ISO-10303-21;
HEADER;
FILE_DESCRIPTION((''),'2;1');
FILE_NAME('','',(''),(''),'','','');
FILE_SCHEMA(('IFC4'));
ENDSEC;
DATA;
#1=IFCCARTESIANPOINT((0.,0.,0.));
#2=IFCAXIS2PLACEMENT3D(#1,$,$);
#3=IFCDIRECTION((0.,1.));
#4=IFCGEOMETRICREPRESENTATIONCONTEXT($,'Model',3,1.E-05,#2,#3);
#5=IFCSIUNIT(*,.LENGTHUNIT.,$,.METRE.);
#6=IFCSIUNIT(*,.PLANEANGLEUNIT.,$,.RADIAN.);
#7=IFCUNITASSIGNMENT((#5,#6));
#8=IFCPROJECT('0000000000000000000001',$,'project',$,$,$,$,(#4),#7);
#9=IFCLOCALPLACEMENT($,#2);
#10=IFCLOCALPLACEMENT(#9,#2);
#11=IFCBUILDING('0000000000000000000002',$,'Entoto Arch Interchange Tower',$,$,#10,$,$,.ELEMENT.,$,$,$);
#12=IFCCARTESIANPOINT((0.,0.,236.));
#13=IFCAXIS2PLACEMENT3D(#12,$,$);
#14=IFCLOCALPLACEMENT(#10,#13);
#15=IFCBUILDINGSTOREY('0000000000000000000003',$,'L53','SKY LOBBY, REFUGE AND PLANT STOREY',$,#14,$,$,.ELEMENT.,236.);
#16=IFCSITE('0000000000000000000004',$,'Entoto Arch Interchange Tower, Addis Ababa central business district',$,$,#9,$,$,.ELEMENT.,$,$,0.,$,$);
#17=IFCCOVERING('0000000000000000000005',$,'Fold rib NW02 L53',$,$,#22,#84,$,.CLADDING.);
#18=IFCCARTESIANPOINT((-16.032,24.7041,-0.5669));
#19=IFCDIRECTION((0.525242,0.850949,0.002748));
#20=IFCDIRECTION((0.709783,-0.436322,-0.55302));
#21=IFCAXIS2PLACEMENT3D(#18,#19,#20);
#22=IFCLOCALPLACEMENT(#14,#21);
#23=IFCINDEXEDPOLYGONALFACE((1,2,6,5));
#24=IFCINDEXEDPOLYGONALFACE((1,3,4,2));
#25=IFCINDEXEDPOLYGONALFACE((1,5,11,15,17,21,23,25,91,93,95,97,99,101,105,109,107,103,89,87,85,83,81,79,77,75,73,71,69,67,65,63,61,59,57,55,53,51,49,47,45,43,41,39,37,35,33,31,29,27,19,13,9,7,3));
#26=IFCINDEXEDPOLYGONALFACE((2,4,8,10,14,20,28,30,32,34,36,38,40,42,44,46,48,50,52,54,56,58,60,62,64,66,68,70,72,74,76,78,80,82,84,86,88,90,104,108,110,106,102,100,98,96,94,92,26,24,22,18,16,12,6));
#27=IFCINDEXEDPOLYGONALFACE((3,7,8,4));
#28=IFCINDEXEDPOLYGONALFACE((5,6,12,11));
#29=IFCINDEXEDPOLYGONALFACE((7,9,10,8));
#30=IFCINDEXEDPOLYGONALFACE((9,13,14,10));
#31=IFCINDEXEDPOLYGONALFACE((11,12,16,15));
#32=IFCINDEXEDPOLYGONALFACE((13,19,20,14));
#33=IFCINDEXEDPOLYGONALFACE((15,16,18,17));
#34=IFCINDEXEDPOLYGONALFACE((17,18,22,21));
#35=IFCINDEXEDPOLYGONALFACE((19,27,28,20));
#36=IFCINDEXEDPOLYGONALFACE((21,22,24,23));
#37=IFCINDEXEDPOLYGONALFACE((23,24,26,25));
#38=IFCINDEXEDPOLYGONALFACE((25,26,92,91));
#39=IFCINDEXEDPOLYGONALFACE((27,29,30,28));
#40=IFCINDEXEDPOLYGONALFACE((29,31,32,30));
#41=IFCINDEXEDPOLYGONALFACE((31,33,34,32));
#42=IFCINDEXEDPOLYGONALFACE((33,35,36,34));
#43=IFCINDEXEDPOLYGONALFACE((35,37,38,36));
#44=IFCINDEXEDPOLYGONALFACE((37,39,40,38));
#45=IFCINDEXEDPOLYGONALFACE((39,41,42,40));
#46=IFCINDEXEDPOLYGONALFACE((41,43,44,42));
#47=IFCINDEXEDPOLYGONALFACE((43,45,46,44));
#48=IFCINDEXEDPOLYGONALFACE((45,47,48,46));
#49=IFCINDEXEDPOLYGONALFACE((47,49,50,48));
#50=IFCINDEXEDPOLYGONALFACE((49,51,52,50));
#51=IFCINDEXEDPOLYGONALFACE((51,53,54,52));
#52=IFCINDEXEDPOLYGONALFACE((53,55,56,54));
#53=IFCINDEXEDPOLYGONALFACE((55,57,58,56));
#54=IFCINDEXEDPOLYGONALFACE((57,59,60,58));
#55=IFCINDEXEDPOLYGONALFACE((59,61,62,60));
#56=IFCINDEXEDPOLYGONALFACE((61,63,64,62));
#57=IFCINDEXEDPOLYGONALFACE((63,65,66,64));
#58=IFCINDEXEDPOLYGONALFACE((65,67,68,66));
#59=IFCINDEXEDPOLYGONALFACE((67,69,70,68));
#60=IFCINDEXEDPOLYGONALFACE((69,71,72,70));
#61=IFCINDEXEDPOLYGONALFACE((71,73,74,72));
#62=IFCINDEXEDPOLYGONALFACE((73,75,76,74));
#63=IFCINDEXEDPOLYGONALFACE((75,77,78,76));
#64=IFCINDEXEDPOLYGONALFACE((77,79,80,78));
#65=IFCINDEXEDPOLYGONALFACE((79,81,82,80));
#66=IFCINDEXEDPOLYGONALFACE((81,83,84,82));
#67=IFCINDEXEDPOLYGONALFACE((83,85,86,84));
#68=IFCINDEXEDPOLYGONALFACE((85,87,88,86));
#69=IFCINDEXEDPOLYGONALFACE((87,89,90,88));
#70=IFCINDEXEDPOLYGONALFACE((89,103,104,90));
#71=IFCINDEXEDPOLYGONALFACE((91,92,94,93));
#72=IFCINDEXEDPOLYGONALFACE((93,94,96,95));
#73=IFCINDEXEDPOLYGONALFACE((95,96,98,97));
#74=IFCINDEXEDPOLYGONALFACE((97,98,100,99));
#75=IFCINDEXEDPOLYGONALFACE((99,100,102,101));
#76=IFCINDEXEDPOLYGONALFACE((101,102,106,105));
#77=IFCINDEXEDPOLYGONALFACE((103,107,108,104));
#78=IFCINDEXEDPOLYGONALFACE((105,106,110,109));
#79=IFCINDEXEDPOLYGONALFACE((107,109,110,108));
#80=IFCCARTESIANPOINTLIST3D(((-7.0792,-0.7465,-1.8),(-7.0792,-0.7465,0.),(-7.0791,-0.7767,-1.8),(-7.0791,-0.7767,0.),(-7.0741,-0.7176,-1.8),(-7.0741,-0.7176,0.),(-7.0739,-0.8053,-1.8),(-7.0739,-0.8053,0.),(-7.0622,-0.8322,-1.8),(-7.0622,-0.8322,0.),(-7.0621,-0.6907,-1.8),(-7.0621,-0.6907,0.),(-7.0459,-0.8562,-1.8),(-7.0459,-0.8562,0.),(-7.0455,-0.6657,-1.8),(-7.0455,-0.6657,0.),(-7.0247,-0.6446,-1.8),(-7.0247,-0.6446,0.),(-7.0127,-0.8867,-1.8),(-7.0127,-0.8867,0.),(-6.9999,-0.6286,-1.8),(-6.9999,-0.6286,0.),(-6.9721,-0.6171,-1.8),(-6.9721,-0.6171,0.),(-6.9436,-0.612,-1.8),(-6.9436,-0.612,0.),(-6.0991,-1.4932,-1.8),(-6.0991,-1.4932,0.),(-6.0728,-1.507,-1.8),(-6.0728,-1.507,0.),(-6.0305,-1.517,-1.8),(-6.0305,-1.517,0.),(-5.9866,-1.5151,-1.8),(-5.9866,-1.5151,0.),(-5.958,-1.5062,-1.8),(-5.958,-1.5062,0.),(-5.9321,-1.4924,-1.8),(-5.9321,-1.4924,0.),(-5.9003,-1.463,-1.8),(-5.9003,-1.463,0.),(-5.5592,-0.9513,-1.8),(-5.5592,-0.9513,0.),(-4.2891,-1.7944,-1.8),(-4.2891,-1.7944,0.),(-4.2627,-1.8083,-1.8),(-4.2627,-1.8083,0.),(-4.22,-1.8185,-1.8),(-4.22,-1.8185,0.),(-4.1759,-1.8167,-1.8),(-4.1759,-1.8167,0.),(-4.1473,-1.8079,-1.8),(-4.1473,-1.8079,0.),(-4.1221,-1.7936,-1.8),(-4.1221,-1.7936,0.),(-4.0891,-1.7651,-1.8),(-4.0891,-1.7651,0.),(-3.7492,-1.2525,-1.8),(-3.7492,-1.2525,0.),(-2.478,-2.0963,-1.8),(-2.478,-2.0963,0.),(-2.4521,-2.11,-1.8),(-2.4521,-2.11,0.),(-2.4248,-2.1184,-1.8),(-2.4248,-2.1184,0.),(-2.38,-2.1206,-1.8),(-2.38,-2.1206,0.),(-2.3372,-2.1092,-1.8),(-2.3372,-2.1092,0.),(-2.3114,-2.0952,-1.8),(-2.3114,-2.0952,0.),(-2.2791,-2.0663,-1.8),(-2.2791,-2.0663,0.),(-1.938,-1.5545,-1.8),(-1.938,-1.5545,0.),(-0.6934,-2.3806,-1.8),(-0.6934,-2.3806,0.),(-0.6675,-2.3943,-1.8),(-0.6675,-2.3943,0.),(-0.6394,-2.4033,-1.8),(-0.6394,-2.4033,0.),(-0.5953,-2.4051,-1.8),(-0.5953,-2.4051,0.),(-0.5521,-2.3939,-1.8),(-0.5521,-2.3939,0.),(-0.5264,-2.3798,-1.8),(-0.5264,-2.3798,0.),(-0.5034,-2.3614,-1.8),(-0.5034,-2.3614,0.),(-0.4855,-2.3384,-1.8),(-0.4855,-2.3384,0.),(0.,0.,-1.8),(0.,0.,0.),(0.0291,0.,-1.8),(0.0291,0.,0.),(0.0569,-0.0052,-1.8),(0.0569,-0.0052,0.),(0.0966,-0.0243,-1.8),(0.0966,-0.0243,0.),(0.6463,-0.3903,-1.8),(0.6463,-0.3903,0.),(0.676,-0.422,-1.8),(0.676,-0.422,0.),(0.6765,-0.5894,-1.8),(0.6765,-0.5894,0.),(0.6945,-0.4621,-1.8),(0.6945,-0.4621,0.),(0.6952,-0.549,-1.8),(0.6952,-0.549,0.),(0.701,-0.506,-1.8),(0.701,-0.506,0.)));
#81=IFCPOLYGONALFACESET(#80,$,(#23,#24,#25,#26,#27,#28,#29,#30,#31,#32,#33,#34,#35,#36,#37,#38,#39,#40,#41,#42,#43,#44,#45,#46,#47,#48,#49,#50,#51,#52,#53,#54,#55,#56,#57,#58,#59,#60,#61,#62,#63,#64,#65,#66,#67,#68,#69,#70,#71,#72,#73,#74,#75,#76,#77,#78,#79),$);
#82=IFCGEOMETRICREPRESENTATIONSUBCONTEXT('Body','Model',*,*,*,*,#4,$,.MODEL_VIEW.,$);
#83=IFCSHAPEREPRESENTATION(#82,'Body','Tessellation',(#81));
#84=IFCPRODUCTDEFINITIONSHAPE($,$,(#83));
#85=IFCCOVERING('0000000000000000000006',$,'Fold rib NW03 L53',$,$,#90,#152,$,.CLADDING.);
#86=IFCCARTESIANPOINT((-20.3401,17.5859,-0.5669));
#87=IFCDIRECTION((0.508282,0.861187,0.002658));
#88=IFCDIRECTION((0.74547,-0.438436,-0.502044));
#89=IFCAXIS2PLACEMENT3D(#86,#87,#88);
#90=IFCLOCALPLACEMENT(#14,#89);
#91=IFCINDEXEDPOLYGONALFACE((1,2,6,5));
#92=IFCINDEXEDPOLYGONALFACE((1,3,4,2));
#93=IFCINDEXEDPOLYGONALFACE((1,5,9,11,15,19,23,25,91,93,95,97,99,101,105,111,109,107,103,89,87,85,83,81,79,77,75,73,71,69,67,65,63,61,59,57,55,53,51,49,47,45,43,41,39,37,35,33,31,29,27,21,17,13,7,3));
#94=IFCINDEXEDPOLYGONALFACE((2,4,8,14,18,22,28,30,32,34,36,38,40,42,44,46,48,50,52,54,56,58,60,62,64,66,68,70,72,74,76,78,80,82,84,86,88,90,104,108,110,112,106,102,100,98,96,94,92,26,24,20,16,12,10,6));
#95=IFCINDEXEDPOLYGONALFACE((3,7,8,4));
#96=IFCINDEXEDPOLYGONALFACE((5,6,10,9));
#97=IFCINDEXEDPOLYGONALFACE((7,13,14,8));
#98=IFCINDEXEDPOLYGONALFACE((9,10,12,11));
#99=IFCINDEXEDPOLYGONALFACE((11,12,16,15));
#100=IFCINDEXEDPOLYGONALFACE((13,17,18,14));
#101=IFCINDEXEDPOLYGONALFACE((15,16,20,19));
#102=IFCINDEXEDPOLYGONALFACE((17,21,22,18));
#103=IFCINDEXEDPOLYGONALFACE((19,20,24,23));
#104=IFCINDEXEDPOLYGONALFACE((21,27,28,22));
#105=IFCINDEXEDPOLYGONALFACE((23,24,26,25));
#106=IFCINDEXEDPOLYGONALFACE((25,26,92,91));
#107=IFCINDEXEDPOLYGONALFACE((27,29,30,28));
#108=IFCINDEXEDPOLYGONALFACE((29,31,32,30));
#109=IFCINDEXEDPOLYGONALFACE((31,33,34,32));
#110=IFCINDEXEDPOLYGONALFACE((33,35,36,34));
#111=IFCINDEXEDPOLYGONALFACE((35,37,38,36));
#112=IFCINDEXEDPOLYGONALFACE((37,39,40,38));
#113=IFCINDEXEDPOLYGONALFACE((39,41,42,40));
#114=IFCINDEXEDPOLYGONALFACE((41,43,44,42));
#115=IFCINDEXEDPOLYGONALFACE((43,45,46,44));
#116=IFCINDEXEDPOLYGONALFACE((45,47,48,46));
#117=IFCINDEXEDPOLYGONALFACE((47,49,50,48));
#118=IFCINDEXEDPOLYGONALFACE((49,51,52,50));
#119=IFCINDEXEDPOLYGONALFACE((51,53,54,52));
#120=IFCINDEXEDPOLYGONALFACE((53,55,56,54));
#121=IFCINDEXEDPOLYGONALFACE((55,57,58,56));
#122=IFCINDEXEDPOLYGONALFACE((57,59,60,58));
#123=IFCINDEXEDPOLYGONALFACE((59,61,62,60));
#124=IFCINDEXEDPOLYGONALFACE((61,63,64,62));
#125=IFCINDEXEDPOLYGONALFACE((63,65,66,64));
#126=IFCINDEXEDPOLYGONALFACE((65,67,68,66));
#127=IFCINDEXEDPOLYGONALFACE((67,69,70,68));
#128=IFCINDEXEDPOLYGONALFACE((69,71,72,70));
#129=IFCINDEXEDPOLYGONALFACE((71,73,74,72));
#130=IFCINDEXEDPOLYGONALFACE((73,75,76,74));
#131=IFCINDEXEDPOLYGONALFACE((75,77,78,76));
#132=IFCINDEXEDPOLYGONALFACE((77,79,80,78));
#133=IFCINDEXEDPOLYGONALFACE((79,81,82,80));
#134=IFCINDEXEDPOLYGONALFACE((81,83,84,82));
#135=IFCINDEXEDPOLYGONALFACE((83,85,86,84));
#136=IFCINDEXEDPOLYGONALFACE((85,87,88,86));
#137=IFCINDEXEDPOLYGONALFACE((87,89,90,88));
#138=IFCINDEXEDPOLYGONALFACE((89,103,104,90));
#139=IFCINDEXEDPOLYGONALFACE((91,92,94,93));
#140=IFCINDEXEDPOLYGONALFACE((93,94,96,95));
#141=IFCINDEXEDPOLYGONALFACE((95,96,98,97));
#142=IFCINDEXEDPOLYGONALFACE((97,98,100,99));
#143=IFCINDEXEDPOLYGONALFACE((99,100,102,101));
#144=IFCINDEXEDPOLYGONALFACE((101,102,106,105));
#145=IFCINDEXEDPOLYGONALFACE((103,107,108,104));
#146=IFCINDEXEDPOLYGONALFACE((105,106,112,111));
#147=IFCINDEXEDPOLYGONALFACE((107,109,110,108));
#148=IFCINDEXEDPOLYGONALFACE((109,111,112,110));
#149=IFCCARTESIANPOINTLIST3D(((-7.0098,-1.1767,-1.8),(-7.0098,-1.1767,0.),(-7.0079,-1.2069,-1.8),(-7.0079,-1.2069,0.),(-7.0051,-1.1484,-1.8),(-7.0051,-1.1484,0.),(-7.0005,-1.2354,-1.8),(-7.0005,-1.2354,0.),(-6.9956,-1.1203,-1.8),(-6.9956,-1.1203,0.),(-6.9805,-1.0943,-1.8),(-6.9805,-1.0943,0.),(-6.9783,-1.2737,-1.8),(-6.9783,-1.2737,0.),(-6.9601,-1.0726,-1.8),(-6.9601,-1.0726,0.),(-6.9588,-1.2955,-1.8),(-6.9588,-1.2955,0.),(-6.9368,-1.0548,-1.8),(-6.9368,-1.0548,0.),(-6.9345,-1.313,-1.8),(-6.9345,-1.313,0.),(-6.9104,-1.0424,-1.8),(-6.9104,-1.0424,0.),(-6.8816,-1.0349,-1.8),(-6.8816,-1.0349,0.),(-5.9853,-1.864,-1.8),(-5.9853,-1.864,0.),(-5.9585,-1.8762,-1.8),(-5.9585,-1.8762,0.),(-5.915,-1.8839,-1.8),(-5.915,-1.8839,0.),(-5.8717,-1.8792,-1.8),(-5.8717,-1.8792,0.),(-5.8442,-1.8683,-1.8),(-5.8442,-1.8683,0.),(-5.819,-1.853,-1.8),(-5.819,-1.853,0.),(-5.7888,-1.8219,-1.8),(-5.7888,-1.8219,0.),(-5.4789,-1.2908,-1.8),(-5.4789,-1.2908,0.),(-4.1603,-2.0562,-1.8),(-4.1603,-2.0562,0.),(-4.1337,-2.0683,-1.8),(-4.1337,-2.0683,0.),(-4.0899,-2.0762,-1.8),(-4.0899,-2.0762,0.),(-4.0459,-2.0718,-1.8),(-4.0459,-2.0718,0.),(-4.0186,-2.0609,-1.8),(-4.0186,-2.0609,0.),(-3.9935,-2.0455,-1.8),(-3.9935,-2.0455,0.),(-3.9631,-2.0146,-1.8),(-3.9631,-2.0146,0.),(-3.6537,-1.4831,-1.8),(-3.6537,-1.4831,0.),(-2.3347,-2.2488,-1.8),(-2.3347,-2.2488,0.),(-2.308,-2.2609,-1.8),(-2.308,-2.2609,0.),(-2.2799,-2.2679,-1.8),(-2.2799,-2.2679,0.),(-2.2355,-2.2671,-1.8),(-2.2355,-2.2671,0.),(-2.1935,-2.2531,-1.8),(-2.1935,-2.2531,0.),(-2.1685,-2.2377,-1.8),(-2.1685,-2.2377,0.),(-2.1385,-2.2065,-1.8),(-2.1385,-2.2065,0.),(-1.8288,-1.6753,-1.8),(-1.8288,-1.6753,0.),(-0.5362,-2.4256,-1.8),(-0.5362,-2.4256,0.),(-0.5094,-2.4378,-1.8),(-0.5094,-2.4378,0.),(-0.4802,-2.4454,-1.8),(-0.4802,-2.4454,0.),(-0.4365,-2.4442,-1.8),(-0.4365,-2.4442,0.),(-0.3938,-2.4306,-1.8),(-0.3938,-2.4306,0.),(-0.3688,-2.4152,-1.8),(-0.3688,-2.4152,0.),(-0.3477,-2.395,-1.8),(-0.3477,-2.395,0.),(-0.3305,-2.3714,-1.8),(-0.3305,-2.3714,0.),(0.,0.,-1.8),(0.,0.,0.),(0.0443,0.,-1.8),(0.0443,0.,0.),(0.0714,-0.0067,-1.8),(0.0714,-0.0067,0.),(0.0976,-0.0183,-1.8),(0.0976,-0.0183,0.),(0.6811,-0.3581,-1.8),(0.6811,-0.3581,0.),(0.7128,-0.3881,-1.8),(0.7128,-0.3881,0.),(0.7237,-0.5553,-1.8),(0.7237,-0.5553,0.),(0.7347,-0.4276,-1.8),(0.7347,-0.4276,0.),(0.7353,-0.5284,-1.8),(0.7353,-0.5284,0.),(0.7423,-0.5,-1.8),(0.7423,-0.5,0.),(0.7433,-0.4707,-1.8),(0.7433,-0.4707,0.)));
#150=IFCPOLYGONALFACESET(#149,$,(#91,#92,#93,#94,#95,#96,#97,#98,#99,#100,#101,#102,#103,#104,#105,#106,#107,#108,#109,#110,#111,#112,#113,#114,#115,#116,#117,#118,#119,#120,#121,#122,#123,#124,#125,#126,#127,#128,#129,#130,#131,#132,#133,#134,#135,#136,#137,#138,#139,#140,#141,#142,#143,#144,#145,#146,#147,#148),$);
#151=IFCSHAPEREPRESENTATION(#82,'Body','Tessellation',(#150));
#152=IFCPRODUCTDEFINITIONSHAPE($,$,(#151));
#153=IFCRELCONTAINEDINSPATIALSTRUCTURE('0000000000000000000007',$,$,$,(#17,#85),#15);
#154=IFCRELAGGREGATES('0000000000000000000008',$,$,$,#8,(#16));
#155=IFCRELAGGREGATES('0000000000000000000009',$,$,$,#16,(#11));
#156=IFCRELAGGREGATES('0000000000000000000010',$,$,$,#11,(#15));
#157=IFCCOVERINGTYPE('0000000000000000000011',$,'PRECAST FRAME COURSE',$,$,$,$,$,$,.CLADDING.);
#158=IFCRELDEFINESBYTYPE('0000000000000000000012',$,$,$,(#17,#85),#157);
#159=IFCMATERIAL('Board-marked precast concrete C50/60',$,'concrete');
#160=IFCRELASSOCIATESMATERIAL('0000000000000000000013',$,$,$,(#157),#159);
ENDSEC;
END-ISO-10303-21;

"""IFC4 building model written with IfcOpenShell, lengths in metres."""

from ifc_helpers import new_model, si_unit, direction, frame, origin, place, context, subcontext, project, spatial, polyline, outline, extrude, material, type_object, element, save


model = new_model("IFC4")

# Units and contexts
model_context = context("Model", 3, precision=1e-05, world=origin(), true_north=direction((0.0, 1.0)))
body_context = subcontext(model_context, "Body", "Model", "MODEL_VIEW")
ifc_project = project(units=[si_unit("LENGTHUNIT", "METRE"), si_unit("PLANEANGLEUNIT", "RADIAN")], contexts=[model_context])

# Site, building, storey
site_placement = place(None, origin())
site = spatial("IfcSite", under=ifc_project, at=site_placement, Name="Entoto Arch Interchange Tower, Addis Ababa central business district", CompositionType="ELEMENT", RefElevation=0.0)
building_placement = place(site_placement, origin())
building = spatial("IfcBuilding", under=site, at=building_placement, Name="Entoto Arch Interchange Tower", CompositionType="ELEMENT")
storey_placement = place(building_placement, frame((0.0, 0.0, 236.0)))
storey = spatial("IfcBuildingStorey", under=building, at=storey_placement, Name="L53", Description="SKY LOBBY, REFUGE AND PLANT STOREY", CompositionType="ELEMENT", Elevation=236.0)

# Shared definitions
ifc_material_1 = material(Name="Board-marked precast concrete C50/60", Category="concrete")

# Coverings
covering_type = type_object("IfcCoveringType", Name="PRECAST FRAME COURSE", PredefinedType="CLADDING", material=ifc_material_1)
covering_1_placement = place(storey_placement, frame((-16.032, 24.7041, -0.5669), z_axis=(0.525242, 0.850949, 0.002748), x_axis=(0.709783, -0.436322, -0.55302)))
element("IfcCovering", 1, at=covering_1_placement, inside=storey, type_object=covering_type, Name="Fold rib NW02 L53", PredefinedType="CLADDING", context=body_context, shape_type="SweptSolid", body=[
    extrude(outline(polyline([(0.0, 0.0), (0.0291, 0.0), (0.0569, -0.0052), (0.0966, -0.0243), (0.6463, -0.3903), (0.676, -0.422), (0.6945, -0.4621), (0.701, -0.506), (0.6952, -0.549), (0.6765, -0.5894), (-0.4855, -2.3384), (-0.5034, -2.3614), (-0.5264, -2.3798), (-0.5521, -2.3939), (-0.5953, -2.4051), (-0.6394, -2.4033), (-0.6675, -2.3943), (-0.6934, -2.3806), (-1.938, -1.5545), (-2.2791, -2.0663), (-2.3114, -2.0952), (-2.3372, -2.1092), (-2.38, -2.1206), (-2.4248, -2.1184), (-2.4521, -2.11), (-2.478, -2.0963), (-3.7492, -1.2525), (-4.0891, -1.7651), (-4.1221, -1.7936), (-4.1473, -1.8079), (-4.1759, -1.8167), (-4.22, -1.8185), (-4.2627, -1.8083), (-4.2891, -1.7944), (-5.5592, -0.9513), (-5.9003, -1.463), (-5.9321, -1.4924), (-5.958, -1.5062), (-5.9866, -1.5151), (-6.0305, -1.517), (-6.0728, -1.507), (-6.0991, -1.4932), (-7.0127, -0.8867), (-7.0459, -0.8562), (-7.0622, -0.8322), (-7.0739, -0.8053), (-7.0791, -0.7767), (-7.0792, -0.7465), (-7.0741, -0.7176), (-7.0621, -0.6907), (-7.0455, -0.6657), (-7.0247, -0.6446), (-6.9999, -0.6286), (-6.9721, -0.6171), (-6.9436, -0.612), (0.0, 0.0)])), origin(), (0.0, 0.0, -1.0), 1.8),
])
covering_2_placement = place(storey_placement, frame((-20.3401, 17.5859, -0.5669), z_axis=(0.508282, 0.861187, 0.002658), x_axis=(0.74547, -0.438436, -0.502044)))
element("IfcCovering", 2, at=covering_2_placement, inside=storey, type_object=covering_type, Name="Fold rib NW03 L53", PredefinedType="CLADDING", context=body_context, shape_type="SweptSolid", body=[
    extrude(outline(polyline([(0.0, 0.0), (0.0443, 0.0), (0.0714, -0.0067), (0.0976, -0.0183), (0.6811, -0.3581), (0.7128, -0.3881), (0.7347, -0.4276), (0.7433, -0.4707), (0.7423, -0.5), (0.7353, -0.5284), (0.7237, -0.5553), (-0.3305, -2.3714), (-0.3477, -2.395), (-0.3688, -2.4152), (-0.3938, -2.4306), (-0.4365, -2.4442), (-0.4802, -2.4454), (-0.5094, -2.4378), (-0.5362, -2.4256), (-1.8288, -1.6753), (-2.1385, -2.2065), (-2.1685, -2.2377), (-2.1935, -2.2531), (-2.2355, -2.2671), (-2.2799, -2.2679), (-2.308, -2.2609), (-2.3347, -2.2488), (-3.6537, -1.4831), (-3.9631, -2.0146), (-3.9935, -2.0455), (-4.0186, -2.0609), (-4.0459, -2.0718), (-4.0899, -2.0762), (-4.1337, -2.0683), (-4.1603, -2.0562), (-5.4789, -1.2908), (-5.7888, -1.8219), (-5.819, -1.853), (-5.8442, -1.8683), (-5.8717, -1.8792), (-5.915, -1.8839), (-5.9585, -1.8762), (-5.9853, -1.864), (-6.9345, -1.313), (-6.9588, -1.2955), (-6.9783, -1.2737), (-7.0005, -1.2354), (-7.0079, -1.2069), (-7.0098, -1.1767), (-7.0051, -1.1484), (-6.9956, -1.1203), (-6.9805, -1.0943), (-6.9601, -1.0726), (-6.9368, -1.0548), (-6.9104, -1.0424), (-6.8816, -1.0349), (0.0, 0.0)])), origin(), (0.0, 0.0, -1.0), 1.8),
])

save(model, "model.ifc")
